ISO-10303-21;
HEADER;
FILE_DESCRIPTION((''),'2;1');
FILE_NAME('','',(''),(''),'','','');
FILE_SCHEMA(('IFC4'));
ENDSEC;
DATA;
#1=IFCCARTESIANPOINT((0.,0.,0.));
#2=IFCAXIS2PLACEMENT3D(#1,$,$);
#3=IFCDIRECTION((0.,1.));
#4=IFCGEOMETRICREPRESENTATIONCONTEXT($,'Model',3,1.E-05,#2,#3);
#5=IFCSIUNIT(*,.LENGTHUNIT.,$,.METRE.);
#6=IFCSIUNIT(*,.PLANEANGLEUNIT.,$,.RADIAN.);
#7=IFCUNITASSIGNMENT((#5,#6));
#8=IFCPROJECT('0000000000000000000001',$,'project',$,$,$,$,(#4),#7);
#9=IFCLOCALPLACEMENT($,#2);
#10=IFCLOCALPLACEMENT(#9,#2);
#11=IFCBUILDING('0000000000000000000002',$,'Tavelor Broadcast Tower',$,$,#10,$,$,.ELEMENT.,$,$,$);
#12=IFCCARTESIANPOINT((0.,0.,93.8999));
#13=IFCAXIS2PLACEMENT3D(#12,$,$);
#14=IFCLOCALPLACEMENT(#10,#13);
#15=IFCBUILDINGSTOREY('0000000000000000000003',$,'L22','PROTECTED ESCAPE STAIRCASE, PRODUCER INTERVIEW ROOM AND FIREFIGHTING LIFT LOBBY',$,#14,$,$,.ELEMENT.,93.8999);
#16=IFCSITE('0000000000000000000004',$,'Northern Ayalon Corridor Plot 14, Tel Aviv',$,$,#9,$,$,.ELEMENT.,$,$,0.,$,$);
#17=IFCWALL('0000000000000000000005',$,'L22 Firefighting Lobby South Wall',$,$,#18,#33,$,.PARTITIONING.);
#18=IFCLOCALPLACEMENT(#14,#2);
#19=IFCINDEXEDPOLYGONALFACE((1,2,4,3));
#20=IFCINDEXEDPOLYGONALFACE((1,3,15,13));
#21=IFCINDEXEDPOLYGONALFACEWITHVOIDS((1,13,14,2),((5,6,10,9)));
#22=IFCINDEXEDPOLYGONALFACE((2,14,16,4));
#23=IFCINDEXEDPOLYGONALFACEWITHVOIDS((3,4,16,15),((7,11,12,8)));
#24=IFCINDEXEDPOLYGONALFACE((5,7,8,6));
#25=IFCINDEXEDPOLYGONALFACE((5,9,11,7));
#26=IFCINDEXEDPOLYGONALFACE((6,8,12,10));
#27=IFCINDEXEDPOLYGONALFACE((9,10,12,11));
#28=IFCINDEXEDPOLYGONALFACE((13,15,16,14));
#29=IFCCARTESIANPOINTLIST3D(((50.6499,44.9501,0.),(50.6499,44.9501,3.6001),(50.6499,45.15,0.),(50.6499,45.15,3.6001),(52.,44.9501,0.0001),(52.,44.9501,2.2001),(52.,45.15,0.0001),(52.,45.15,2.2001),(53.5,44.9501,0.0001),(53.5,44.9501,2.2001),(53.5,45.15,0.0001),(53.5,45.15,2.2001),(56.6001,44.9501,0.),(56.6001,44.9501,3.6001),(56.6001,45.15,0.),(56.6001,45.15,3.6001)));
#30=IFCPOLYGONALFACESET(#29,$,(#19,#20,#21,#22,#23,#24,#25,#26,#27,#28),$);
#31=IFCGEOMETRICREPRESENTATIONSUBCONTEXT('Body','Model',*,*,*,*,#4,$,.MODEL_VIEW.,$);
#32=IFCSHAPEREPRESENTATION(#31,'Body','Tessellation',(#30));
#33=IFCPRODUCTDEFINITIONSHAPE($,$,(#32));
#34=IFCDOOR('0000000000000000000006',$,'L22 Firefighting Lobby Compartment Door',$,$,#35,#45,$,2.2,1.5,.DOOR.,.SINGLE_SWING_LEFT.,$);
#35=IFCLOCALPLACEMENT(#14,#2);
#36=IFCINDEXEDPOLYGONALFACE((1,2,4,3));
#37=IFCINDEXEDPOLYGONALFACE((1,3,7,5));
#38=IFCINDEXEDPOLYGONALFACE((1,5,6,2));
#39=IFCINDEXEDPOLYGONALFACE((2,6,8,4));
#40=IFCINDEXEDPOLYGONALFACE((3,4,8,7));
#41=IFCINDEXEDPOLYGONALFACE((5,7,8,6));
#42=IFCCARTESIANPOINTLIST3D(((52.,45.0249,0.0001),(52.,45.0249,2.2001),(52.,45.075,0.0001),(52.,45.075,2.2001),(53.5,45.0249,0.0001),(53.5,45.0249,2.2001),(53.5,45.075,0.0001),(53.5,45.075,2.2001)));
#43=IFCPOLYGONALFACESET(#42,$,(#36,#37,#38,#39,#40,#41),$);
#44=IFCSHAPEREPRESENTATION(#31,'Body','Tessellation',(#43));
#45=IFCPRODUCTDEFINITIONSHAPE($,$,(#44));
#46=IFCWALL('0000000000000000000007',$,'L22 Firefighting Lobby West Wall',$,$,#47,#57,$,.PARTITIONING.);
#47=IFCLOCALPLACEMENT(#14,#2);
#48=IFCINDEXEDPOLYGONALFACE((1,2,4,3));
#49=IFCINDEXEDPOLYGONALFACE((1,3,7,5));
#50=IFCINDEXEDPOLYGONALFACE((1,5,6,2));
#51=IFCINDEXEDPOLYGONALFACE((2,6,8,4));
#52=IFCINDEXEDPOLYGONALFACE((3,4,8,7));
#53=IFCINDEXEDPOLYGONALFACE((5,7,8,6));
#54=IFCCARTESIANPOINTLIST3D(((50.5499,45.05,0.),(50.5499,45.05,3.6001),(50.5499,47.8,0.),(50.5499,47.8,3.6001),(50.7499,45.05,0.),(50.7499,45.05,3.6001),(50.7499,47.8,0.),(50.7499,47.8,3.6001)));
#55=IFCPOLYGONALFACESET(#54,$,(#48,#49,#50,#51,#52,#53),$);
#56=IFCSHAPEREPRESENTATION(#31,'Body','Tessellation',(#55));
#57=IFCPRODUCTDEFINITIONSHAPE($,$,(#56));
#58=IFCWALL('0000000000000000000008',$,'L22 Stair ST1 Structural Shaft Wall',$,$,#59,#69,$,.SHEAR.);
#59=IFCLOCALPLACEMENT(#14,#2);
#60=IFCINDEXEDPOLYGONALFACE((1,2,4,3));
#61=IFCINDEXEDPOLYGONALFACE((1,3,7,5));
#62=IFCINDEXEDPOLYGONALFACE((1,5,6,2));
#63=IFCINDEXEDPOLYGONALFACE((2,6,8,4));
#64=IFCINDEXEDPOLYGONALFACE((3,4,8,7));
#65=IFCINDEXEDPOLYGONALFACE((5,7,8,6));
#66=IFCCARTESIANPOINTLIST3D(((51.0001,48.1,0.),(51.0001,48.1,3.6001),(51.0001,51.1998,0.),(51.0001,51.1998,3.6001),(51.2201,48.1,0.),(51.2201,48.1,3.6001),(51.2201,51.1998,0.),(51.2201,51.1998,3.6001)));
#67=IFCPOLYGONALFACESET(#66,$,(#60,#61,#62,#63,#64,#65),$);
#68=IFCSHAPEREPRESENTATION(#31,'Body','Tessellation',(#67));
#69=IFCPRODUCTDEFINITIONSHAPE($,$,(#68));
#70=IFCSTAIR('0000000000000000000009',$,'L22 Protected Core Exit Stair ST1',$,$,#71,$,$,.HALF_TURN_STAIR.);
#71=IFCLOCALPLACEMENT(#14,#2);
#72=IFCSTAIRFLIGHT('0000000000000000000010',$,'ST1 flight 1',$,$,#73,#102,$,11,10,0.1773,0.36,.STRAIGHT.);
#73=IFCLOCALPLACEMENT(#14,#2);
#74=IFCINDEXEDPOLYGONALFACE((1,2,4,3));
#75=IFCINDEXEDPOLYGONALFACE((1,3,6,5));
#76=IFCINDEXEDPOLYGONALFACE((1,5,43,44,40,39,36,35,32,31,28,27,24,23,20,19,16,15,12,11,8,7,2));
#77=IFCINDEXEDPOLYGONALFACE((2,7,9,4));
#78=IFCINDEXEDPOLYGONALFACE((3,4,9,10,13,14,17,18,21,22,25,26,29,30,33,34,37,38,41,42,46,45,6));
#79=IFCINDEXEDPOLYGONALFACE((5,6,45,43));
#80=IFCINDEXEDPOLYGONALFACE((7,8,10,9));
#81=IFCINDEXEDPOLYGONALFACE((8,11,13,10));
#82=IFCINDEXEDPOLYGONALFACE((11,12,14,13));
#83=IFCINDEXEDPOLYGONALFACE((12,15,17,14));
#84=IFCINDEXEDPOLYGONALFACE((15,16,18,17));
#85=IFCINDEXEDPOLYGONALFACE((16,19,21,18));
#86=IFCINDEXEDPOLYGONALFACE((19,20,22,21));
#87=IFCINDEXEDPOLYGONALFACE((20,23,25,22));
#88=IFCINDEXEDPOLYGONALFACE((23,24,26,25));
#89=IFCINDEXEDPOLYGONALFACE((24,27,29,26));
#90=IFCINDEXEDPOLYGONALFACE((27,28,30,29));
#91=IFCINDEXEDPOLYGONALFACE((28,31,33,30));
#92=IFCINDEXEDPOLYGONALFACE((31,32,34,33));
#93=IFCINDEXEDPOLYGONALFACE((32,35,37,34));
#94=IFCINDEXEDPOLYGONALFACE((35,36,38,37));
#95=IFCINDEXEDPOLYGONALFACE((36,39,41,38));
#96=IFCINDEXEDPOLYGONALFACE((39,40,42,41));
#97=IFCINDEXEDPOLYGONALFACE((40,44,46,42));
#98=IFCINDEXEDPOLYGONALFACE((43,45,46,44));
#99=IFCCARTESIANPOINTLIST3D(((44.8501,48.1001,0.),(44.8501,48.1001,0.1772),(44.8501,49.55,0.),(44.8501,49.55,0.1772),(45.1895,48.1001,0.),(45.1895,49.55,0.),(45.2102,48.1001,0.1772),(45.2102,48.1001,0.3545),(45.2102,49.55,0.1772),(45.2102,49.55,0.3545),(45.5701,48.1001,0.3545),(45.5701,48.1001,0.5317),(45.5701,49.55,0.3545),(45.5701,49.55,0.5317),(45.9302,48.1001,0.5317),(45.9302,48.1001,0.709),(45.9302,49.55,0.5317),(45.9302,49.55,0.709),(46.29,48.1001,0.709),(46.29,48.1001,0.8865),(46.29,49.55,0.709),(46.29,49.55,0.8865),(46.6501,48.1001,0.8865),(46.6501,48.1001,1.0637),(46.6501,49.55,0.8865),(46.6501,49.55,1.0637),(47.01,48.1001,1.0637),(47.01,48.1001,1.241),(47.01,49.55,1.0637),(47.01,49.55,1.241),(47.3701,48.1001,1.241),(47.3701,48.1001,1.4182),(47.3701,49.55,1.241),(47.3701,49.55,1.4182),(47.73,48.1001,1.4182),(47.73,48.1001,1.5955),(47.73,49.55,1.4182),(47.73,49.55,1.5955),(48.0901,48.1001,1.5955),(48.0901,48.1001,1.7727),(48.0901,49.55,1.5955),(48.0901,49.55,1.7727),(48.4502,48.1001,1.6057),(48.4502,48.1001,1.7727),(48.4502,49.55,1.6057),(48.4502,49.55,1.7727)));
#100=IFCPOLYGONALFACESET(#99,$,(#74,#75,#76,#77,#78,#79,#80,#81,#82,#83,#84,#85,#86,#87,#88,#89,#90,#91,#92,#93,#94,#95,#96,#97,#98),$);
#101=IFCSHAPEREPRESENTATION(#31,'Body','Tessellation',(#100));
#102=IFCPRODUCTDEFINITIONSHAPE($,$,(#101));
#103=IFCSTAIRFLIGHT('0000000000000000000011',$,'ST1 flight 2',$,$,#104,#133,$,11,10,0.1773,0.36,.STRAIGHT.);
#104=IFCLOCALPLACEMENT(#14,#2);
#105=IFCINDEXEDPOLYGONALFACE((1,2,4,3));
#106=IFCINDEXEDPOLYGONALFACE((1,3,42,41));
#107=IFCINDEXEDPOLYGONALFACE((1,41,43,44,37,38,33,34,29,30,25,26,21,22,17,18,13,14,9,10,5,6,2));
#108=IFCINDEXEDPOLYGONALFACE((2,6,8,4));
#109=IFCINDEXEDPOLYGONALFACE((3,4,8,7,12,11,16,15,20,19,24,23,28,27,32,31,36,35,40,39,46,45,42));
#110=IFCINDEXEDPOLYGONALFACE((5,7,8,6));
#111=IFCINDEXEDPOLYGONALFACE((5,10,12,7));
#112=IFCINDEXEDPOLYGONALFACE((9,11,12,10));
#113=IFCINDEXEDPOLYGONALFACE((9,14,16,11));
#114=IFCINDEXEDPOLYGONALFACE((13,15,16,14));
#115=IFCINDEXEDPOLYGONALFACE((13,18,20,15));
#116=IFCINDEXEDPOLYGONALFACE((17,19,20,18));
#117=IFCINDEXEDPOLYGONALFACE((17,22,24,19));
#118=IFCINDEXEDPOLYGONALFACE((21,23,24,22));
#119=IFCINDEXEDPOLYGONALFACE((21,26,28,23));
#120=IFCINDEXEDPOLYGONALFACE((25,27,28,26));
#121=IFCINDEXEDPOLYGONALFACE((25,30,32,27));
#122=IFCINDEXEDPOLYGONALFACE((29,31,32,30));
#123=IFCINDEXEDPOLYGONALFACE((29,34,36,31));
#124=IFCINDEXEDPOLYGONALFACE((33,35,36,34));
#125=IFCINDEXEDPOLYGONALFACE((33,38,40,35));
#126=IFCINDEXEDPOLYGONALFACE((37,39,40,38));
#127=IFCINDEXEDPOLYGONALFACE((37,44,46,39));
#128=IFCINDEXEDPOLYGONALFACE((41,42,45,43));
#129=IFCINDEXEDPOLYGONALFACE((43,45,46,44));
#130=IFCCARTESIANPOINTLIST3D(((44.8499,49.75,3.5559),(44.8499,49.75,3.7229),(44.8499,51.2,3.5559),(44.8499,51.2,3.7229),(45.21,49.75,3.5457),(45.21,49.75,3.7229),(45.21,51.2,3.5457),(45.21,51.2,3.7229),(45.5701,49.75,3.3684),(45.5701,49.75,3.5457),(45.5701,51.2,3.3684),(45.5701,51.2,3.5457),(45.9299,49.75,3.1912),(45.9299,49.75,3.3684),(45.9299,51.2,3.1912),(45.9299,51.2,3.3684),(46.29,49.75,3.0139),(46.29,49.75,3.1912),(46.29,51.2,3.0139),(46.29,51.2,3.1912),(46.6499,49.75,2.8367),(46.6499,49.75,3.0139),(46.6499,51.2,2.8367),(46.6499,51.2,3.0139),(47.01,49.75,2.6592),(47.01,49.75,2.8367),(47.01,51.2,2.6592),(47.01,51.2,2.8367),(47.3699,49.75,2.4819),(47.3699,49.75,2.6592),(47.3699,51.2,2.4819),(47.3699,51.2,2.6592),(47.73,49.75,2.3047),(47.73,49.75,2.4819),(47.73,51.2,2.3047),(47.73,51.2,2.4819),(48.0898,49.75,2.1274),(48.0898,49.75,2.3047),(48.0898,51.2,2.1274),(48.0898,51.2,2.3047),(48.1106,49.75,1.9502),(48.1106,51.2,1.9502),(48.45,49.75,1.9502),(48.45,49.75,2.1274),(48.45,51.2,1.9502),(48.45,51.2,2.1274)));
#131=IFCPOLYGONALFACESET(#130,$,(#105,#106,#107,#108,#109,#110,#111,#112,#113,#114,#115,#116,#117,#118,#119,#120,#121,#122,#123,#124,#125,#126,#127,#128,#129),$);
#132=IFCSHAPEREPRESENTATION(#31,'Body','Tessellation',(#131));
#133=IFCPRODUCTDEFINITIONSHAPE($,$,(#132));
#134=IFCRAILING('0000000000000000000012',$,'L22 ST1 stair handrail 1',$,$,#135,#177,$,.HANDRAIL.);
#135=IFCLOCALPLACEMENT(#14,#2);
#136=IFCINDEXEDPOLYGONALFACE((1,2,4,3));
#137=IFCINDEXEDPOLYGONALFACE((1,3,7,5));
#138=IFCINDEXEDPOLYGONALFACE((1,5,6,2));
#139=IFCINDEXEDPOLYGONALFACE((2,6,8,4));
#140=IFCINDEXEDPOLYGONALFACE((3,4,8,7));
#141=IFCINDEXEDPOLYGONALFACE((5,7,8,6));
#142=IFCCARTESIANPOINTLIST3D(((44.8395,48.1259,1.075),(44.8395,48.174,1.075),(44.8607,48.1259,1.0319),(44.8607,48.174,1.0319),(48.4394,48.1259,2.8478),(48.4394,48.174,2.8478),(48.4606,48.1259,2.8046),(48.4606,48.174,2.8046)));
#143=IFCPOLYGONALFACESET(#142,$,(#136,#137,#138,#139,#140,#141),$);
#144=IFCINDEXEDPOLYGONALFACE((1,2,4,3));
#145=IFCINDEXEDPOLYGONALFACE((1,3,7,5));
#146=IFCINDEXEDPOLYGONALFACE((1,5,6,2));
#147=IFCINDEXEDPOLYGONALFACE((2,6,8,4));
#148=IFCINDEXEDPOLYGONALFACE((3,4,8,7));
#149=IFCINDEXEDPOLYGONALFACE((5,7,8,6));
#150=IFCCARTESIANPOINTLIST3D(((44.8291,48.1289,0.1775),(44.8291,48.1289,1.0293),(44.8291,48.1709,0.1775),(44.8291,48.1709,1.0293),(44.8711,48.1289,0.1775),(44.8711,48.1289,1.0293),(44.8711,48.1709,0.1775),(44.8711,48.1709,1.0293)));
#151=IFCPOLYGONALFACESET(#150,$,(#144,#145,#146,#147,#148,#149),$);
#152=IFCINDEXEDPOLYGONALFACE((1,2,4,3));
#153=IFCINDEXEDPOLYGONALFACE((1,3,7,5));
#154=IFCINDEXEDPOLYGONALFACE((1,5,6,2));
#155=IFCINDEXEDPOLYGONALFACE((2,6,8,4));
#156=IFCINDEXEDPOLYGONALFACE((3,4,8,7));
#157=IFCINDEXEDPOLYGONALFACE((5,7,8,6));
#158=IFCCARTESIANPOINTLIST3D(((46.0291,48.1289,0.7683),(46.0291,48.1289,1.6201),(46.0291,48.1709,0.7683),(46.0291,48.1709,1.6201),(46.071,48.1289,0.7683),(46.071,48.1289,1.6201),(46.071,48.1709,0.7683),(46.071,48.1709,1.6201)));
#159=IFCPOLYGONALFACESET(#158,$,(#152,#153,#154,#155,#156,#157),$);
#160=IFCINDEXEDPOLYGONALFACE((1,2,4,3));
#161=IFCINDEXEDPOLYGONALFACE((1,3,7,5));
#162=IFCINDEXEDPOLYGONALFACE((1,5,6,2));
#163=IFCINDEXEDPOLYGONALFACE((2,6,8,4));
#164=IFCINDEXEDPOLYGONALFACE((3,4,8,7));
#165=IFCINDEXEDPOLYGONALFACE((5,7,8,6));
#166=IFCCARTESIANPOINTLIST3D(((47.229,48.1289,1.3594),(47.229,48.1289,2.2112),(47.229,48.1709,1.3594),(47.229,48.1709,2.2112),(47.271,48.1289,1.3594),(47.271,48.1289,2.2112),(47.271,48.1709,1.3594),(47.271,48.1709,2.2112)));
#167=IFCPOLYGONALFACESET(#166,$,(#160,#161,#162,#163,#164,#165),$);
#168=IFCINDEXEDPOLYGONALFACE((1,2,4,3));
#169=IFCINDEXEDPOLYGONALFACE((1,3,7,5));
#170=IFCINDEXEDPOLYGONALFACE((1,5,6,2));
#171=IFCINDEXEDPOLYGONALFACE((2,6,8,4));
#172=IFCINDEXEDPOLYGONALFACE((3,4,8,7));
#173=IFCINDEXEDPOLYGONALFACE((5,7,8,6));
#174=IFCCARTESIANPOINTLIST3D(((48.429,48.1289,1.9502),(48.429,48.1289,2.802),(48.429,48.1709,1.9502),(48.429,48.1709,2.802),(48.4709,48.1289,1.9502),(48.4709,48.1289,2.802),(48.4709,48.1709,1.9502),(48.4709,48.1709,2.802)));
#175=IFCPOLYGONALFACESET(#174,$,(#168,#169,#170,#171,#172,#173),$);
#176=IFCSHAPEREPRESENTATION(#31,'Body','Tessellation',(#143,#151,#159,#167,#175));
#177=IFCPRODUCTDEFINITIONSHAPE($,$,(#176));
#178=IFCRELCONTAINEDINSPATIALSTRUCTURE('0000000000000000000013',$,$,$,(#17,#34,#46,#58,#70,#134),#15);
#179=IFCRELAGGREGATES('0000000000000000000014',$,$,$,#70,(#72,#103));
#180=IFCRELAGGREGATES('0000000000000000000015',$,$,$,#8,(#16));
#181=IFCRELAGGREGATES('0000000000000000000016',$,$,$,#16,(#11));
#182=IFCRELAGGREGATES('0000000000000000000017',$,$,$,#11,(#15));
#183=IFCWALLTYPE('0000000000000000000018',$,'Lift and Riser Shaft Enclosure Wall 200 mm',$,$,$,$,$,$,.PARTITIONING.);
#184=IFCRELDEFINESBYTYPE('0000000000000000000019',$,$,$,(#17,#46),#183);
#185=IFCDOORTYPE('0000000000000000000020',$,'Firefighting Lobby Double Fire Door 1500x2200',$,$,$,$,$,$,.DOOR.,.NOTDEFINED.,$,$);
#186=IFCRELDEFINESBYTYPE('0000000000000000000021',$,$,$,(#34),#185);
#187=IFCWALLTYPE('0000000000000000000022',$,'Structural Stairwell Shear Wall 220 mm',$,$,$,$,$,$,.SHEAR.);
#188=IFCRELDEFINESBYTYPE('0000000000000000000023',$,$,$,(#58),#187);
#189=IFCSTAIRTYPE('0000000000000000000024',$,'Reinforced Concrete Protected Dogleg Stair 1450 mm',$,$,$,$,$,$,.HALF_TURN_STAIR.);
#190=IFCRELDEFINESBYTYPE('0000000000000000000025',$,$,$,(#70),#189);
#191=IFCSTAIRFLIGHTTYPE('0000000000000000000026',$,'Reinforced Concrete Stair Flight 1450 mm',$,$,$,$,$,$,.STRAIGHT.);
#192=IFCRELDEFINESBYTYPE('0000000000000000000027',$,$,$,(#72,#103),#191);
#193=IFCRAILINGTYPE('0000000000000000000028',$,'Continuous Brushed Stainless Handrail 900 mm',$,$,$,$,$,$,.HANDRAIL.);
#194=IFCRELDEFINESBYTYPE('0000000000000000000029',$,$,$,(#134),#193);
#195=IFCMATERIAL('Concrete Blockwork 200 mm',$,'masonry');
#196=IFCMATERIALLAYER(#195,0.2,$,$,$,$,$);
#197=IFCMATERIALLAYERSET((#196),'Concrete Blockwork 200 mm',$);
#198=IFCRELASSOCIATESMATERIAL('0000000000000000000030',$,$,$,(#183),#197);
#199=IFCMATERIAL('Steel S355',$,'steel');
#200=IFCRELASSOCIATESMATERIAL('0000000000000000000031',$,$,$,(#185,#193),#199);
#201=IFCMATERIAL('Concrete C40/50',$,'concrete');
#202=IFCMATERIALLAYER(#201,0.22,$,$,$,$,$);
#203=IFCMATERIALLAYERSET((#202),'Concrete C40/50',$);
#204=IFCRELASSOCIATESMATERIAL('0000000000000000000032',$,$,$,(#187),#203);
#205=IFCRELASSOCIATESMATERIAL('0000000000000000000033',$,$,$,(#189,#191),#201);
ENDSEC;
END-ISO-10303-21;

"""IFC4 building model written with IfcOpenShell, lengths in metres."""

from ifc_helpers import new_model, si_unit, direction, frame, frame_2d, origin, origin_2d, place, context, subcontext, project, spatial, polyline, rectangle, outline, extrude, material, layer, layer_set, type_object, element, fill, aggregate, save


model = new_model("IFC4")

# Units and contexts
model_context = context("Model", 3, precision=1e-05, world=origin(), true_north=direction((0.0, 1.0)))
body_context = subcontext(model_context, "Body", "Model", "MODEL_VIEW")
ifc_project = project(units=[si_unit("LENGTHUNIT", "METRE"), si_unit("PLANEANGLEUNIT", "RADIAN")], contexts=[model_context])

# Site, building, storey
site_placement = place(None, origin())
site = spatial("IfcSite", under=ifc_project, at=site_placement, Name="Northern Ayalon Corridor Plot 14, Tel Aviv", CompositionType="ELEMENT", RefElevation=0.0)
building_placement = place(site_placement, origin())
building = spatial("IfcBuilding", under=site, at=building_placement, Name="Tavelor Broadcast Tower", CompositionType="ELEMENT")
storey_placement = place(building_placement, frame((0.0, 0.0, 93.8999)))
storey = spatial("IfcBuildingStorey", under=building, at=storey_placement, Name="L22", Description="PROTECTED ESCAPE STAIRCASE, PRODUCER INTERVIEW ROOM AND FIREFIGHTING LIFT LOBBY", CompositionType="ELEMENT", Elevation=93.8999)

# Shared definitions
ifc_material_1 = material(Name="Concrete C40/50", Category="concrete")
ifc_material_2 = material(Name="Steel S355", Category="steel")

# Shared definitions
ifc_material_3 = material(Name="Concrete Blockwork 200 mm", Category="masonry")
ifc_layer_1 = layer(ifc_material_3, 0.2)
ifc_layer_set_1 = layer_set([ifc_layer_1], Name="Concrete Blockwork 200 mm")
wall_type_1 = type_object("IfcWallType", Name="Lift and Riser Shaft Enclosure Wall 200 mm", PredefinedType="PARTITIONING", material=ifc_layer_set_1)

# Wall, opening, door
wall_1_placement = place(storey_placement, frame((50.6499, 45.05, 0.0), z_axis=(0.0, 0.0, 1.0), x_axis=(1.0, 0.0, 0.0)))
wall_1 = element("IfcWall", 1, at=wall_1_placement, inside=storey, type_object=wall_type_1, Name="L22 Firefighting Lobby South Wall", PredefinedType="PARTITIONING", context=body_context, shape_type="SweptSolid", body=[
    extrude(rectangle(XDim=5.9502, YDim=0.2, at=frame_2d((2.9751, 0.0))), origin(), (0.0, 0.0, 1.0), 3.6001),
])
opening_placement = place(wall_1_placement, frame((1.3501, 0.0, 0.0)))
opening = element("IfcOpeningElement", 2, at=opening_placement, cuts=wall_1, PredefinedType="OPENING", context=body_context, shape_type="SweptSolid", body=[
    extrude(rectangle(XDim=1.5, YDim=2.2, at=frame_2d((0.75, 1.1001))), frame((0.0, 0.1099, 0.0), z_axis=(0.0, -1.0, 0.0), x_axis=(1.0, 0.0, 0.0)), (0.0, 0.0, 1.0), 0.22),
])
door_type = type_object("IfcDoorType", Name="Firefighting Lobby Double Fire Door 1500x2200", OperationType="NOTDEFINED", PredefinedType="DOOR", material=ifc_material_2)
door_placement = place(opening_placement, origin())
door = element("IfcDoor", 3, at=door_placement, inside=storey, type_object=door_type, Name="L22 Firefighting Lobby Compartment Door", OperationType="SINGLE_SWING_LEFT", OverallHeight=2.2, OverallWidth=1.5, PredefinedType="DOOR", context=body_context, shape_type="SweptSolid", body=[
    extrude(rectangle(XDim=1.5, YDim=2.2, at=frame_2d((0.75, 1.1001))), frame((0.0, 0.0249, 0.0), z_axis=(0.0, -1.0, 0.0), x_axis=(1.0, 0.0, 0.0)), (0.0, 0.0, 1.0), 0.05),
])
fill(opening, door)

# Walls
wall_2_placement = place(storey_placement, frame((50.6499, 45.05, 0.0), z_axis=(0.0, 0.0, 1.0), x_axis=(0.0, 1.0, 0.0)))
element("IfcWall", 4, at=wall_2_placement, inside=storey, type_object=wall_type_1, Name="L22 Firefighting Lobby West Wall", PredefinedType="PARTITIONING", context=body_context, shape_type="SweptSolid", body=[
    extrude(rectangle(XDim=2.75, YDim=0.2, at=frame_2d((1.375, 0.0))), origin(), (0.0, 0.0, 1.0), 3.6001),
])
ifc_layer_2 = layer(ifc_material_1, 0.22)
ifc_layer_set_2 = layer_set([ifc_layer_2], Name="Concrete C40/50")
wall_type_2 = type_object("IfcWallType", Name="Structural Stairwell Shear Wall 220 mm", PredefinedType="SHEAR", material=ifc_layer_set_2)
wall_3_placement = place(storey_placement, frame((51.1101, 48.1001, 0.0), z_axis=(0.0, 0.0, 1.0), x_axis=(0.0, 1.0, 0.0)))
element("IfcWall", 5, at=wall_3_placement, inside=storey, type_object=wall_type_2, Name="L22 Stair ST1 Structural Shaft Wall", PredefinedType="SHEAR", context=body_context, shape_type="SweptSolid", body=[
    extrude(rectangle(XDim=3.0999, YDim=0.22, at=frame_2d((1.5498, 0.0))), origin(), (0.0, 0.0, 1.0), 3.6001),
])

# Stair, stair flights
stair_type = type_object("IfcStairType", Name="Reinforced Concrete Protected Dogleg Stair 1450 mm", PredefinedType="HALF_TURN_STAIR", material=ifc_material_1)
stair_placement = place(storey_placement, origin())
stair = element("IfcStair", 6, at=stair_placement, inside=storey, type_object=stair_type, Name="L22 Protected Core Exit Stair ST1", PredefinedType="HALF_TURN_STAIR")
stair_flight_type = type_object("IfcStairFlightType", Name="Reinforced Concrete Stair Flight 1450 mm", PredefinedType="STRAIGHT", material=ifc_material_1)
stair_flight_1_placement = place(storey_placement, frame((44.8501, 48.825, 0.0), z_axis=(0.0, 0.0, 1.0), x_axis=(1.0, 0.0, 0.0)))
stair_flight_1 = element("IfcStairFlight", 7, at=stair_flight_1_placement, type_object=stair_flight_type, Name="ST1 flight 1", NumberOfRisers=11, NumberOfTreads=10, PredefinedType="STRAIGHT", RiserHeight=0.1773, TreadLength=0.36, context=body_context, shape_type="SweptSolid", body=[
    extrude(outline(polyline([(0.0, 0.0), (0.0, 0.1772), (0.3601, 0.1772), (0.3601, 0.3545), (0.72, 0.3545), (0.72, 0.5317), (1.0801, 0.5317), (1.0801, 0.709), (1.4399, 0.709), (1.4399, 0.8865), (1.8, 0.8865), (1.8, 1.0637), (2.1599, 1.0637), (2.1599, 1.241), (2.52, 1.241), (2.52, 1.4182), (2.8799, 1.4182), (2.8799, 1.5955), (3.24, 1.5955), (3.24, 1.7727), (3.6001, 1.7727), (3.6001, 1.95), (3.6001, 1.6057), (0.3394, 0.0), (0.0, 0.0)])), frame((0.0, 0.7251, 0.0), z_axis=(0.0, -1.0, 0.0), x_axis=(1.0, 0.0, 0.0)), (0.0, 0.0, 1.0), 1.45),
])
stair_flight_2_placement = place(storey_placement, frame((48.45, 50.4751, 1.9502), z_axis=(0.0, 0.0, 1.0), x_axis=(-1.0, 0.0, 0.0)))
stair_flight_2 = element("IfcStairFlight", 8, at=stair_flight_2_placement, type_object=stair_flight_type, Name="ST1 flight 2", NumberOfRisers=11, NumberOfTreads=10, PredefinedType="STRAIGHT", RiserHeight=0.1773, TreadLength=0.36, context=body_context, shape_type="SweptSolid", body=[
    extrude(outline(polyline([(0.0, 0.0), (0.0, 0.1772), (0.3601, 0.1772), (0.3601, 0.3545), (0.72, 0.3545), (0.72, 0.5317), (1.0801, 0.5317), (1.0801, 0.709), (1.4399, 0.709), (1.4399, 0.8865), (1.8, 0.8865), (1.8, 1.0637), (2.1599, 1.0637), (2.1599, 1.241), (2.52, 1.241), (2.52, 1.4182), (2.8799, 1.4182), (2.8799, 1.5955), (3.24, 1.5955), (3.24, 1.7727), (3.6001, 1.7727), (3.6001, 1.95), (3.6001, 1.6057), (0.3394, 0.0), (0.0, 0.0)])), frame((0.0, 0.7251, 0.0), z_axis=(0.0, -1.0, 0.0), x_axis=(1.0, 0.0, 0.0)), (0.0, 0.0, 1.0), 1.45),
])
aggregate(stair, [stair_flight_1, stair_flight_2])

# Railing
railing_type_1 = type_object("IfcRailingType", Name="Continuous Brushed Stainless Handrail 900 mm", PredefinedType="HANDRAIL", material=ifc_material_2)
railing_1_placement = place(storey_placement, frame((44.8501, 48.1499, 0.1775)))
element("IfcRailing", 9, at=railing_1_placement, inside=storey, type_object=railing_type_1, Name="L22 ST1 stair handrail 1", PredefinedType="HANDRAIL", context=body_context, shape_type="SweptSolid", body=[
    extrude(rectangle(XDim=0.0481, YDim=0.0481, at=origin_2d()), frame((0.0, 0.0, 0.876), z_axis=(0.897124, 0.0, 0.441778), x_axis=(0.0, 1.0, 0.0)), (0.0, 0.0, 1.0), 4.0127),
    extrude(rectangle(XDim=0.042, YDim=0.042, at=origin_2d()), origin(), (0.0, 0.0, 1.0), 0.8518),
    extrude(rectangle(XDim=0.042, YDim=0.042, at=origin_2d()), frame((1.2, 0.0, 0.5908)), (0.0, 0.0, 1.0), 0.8518),
    extrude(rectangle(XDim=0.042, YDim=0.042, at=origin_2d()), frame((2.3999, 0.0, 1.1819)), (0.0, 0.0, 1.0), 0.8518),
    extrude(rectangle(XDim=0.042, YDim=0.042, at=origin_2d()), frame((3.5999, 0.0, 1.7727)), (0.0, 0.0, 1.0), 0.8518),
])

save(model, "model.ifc")
